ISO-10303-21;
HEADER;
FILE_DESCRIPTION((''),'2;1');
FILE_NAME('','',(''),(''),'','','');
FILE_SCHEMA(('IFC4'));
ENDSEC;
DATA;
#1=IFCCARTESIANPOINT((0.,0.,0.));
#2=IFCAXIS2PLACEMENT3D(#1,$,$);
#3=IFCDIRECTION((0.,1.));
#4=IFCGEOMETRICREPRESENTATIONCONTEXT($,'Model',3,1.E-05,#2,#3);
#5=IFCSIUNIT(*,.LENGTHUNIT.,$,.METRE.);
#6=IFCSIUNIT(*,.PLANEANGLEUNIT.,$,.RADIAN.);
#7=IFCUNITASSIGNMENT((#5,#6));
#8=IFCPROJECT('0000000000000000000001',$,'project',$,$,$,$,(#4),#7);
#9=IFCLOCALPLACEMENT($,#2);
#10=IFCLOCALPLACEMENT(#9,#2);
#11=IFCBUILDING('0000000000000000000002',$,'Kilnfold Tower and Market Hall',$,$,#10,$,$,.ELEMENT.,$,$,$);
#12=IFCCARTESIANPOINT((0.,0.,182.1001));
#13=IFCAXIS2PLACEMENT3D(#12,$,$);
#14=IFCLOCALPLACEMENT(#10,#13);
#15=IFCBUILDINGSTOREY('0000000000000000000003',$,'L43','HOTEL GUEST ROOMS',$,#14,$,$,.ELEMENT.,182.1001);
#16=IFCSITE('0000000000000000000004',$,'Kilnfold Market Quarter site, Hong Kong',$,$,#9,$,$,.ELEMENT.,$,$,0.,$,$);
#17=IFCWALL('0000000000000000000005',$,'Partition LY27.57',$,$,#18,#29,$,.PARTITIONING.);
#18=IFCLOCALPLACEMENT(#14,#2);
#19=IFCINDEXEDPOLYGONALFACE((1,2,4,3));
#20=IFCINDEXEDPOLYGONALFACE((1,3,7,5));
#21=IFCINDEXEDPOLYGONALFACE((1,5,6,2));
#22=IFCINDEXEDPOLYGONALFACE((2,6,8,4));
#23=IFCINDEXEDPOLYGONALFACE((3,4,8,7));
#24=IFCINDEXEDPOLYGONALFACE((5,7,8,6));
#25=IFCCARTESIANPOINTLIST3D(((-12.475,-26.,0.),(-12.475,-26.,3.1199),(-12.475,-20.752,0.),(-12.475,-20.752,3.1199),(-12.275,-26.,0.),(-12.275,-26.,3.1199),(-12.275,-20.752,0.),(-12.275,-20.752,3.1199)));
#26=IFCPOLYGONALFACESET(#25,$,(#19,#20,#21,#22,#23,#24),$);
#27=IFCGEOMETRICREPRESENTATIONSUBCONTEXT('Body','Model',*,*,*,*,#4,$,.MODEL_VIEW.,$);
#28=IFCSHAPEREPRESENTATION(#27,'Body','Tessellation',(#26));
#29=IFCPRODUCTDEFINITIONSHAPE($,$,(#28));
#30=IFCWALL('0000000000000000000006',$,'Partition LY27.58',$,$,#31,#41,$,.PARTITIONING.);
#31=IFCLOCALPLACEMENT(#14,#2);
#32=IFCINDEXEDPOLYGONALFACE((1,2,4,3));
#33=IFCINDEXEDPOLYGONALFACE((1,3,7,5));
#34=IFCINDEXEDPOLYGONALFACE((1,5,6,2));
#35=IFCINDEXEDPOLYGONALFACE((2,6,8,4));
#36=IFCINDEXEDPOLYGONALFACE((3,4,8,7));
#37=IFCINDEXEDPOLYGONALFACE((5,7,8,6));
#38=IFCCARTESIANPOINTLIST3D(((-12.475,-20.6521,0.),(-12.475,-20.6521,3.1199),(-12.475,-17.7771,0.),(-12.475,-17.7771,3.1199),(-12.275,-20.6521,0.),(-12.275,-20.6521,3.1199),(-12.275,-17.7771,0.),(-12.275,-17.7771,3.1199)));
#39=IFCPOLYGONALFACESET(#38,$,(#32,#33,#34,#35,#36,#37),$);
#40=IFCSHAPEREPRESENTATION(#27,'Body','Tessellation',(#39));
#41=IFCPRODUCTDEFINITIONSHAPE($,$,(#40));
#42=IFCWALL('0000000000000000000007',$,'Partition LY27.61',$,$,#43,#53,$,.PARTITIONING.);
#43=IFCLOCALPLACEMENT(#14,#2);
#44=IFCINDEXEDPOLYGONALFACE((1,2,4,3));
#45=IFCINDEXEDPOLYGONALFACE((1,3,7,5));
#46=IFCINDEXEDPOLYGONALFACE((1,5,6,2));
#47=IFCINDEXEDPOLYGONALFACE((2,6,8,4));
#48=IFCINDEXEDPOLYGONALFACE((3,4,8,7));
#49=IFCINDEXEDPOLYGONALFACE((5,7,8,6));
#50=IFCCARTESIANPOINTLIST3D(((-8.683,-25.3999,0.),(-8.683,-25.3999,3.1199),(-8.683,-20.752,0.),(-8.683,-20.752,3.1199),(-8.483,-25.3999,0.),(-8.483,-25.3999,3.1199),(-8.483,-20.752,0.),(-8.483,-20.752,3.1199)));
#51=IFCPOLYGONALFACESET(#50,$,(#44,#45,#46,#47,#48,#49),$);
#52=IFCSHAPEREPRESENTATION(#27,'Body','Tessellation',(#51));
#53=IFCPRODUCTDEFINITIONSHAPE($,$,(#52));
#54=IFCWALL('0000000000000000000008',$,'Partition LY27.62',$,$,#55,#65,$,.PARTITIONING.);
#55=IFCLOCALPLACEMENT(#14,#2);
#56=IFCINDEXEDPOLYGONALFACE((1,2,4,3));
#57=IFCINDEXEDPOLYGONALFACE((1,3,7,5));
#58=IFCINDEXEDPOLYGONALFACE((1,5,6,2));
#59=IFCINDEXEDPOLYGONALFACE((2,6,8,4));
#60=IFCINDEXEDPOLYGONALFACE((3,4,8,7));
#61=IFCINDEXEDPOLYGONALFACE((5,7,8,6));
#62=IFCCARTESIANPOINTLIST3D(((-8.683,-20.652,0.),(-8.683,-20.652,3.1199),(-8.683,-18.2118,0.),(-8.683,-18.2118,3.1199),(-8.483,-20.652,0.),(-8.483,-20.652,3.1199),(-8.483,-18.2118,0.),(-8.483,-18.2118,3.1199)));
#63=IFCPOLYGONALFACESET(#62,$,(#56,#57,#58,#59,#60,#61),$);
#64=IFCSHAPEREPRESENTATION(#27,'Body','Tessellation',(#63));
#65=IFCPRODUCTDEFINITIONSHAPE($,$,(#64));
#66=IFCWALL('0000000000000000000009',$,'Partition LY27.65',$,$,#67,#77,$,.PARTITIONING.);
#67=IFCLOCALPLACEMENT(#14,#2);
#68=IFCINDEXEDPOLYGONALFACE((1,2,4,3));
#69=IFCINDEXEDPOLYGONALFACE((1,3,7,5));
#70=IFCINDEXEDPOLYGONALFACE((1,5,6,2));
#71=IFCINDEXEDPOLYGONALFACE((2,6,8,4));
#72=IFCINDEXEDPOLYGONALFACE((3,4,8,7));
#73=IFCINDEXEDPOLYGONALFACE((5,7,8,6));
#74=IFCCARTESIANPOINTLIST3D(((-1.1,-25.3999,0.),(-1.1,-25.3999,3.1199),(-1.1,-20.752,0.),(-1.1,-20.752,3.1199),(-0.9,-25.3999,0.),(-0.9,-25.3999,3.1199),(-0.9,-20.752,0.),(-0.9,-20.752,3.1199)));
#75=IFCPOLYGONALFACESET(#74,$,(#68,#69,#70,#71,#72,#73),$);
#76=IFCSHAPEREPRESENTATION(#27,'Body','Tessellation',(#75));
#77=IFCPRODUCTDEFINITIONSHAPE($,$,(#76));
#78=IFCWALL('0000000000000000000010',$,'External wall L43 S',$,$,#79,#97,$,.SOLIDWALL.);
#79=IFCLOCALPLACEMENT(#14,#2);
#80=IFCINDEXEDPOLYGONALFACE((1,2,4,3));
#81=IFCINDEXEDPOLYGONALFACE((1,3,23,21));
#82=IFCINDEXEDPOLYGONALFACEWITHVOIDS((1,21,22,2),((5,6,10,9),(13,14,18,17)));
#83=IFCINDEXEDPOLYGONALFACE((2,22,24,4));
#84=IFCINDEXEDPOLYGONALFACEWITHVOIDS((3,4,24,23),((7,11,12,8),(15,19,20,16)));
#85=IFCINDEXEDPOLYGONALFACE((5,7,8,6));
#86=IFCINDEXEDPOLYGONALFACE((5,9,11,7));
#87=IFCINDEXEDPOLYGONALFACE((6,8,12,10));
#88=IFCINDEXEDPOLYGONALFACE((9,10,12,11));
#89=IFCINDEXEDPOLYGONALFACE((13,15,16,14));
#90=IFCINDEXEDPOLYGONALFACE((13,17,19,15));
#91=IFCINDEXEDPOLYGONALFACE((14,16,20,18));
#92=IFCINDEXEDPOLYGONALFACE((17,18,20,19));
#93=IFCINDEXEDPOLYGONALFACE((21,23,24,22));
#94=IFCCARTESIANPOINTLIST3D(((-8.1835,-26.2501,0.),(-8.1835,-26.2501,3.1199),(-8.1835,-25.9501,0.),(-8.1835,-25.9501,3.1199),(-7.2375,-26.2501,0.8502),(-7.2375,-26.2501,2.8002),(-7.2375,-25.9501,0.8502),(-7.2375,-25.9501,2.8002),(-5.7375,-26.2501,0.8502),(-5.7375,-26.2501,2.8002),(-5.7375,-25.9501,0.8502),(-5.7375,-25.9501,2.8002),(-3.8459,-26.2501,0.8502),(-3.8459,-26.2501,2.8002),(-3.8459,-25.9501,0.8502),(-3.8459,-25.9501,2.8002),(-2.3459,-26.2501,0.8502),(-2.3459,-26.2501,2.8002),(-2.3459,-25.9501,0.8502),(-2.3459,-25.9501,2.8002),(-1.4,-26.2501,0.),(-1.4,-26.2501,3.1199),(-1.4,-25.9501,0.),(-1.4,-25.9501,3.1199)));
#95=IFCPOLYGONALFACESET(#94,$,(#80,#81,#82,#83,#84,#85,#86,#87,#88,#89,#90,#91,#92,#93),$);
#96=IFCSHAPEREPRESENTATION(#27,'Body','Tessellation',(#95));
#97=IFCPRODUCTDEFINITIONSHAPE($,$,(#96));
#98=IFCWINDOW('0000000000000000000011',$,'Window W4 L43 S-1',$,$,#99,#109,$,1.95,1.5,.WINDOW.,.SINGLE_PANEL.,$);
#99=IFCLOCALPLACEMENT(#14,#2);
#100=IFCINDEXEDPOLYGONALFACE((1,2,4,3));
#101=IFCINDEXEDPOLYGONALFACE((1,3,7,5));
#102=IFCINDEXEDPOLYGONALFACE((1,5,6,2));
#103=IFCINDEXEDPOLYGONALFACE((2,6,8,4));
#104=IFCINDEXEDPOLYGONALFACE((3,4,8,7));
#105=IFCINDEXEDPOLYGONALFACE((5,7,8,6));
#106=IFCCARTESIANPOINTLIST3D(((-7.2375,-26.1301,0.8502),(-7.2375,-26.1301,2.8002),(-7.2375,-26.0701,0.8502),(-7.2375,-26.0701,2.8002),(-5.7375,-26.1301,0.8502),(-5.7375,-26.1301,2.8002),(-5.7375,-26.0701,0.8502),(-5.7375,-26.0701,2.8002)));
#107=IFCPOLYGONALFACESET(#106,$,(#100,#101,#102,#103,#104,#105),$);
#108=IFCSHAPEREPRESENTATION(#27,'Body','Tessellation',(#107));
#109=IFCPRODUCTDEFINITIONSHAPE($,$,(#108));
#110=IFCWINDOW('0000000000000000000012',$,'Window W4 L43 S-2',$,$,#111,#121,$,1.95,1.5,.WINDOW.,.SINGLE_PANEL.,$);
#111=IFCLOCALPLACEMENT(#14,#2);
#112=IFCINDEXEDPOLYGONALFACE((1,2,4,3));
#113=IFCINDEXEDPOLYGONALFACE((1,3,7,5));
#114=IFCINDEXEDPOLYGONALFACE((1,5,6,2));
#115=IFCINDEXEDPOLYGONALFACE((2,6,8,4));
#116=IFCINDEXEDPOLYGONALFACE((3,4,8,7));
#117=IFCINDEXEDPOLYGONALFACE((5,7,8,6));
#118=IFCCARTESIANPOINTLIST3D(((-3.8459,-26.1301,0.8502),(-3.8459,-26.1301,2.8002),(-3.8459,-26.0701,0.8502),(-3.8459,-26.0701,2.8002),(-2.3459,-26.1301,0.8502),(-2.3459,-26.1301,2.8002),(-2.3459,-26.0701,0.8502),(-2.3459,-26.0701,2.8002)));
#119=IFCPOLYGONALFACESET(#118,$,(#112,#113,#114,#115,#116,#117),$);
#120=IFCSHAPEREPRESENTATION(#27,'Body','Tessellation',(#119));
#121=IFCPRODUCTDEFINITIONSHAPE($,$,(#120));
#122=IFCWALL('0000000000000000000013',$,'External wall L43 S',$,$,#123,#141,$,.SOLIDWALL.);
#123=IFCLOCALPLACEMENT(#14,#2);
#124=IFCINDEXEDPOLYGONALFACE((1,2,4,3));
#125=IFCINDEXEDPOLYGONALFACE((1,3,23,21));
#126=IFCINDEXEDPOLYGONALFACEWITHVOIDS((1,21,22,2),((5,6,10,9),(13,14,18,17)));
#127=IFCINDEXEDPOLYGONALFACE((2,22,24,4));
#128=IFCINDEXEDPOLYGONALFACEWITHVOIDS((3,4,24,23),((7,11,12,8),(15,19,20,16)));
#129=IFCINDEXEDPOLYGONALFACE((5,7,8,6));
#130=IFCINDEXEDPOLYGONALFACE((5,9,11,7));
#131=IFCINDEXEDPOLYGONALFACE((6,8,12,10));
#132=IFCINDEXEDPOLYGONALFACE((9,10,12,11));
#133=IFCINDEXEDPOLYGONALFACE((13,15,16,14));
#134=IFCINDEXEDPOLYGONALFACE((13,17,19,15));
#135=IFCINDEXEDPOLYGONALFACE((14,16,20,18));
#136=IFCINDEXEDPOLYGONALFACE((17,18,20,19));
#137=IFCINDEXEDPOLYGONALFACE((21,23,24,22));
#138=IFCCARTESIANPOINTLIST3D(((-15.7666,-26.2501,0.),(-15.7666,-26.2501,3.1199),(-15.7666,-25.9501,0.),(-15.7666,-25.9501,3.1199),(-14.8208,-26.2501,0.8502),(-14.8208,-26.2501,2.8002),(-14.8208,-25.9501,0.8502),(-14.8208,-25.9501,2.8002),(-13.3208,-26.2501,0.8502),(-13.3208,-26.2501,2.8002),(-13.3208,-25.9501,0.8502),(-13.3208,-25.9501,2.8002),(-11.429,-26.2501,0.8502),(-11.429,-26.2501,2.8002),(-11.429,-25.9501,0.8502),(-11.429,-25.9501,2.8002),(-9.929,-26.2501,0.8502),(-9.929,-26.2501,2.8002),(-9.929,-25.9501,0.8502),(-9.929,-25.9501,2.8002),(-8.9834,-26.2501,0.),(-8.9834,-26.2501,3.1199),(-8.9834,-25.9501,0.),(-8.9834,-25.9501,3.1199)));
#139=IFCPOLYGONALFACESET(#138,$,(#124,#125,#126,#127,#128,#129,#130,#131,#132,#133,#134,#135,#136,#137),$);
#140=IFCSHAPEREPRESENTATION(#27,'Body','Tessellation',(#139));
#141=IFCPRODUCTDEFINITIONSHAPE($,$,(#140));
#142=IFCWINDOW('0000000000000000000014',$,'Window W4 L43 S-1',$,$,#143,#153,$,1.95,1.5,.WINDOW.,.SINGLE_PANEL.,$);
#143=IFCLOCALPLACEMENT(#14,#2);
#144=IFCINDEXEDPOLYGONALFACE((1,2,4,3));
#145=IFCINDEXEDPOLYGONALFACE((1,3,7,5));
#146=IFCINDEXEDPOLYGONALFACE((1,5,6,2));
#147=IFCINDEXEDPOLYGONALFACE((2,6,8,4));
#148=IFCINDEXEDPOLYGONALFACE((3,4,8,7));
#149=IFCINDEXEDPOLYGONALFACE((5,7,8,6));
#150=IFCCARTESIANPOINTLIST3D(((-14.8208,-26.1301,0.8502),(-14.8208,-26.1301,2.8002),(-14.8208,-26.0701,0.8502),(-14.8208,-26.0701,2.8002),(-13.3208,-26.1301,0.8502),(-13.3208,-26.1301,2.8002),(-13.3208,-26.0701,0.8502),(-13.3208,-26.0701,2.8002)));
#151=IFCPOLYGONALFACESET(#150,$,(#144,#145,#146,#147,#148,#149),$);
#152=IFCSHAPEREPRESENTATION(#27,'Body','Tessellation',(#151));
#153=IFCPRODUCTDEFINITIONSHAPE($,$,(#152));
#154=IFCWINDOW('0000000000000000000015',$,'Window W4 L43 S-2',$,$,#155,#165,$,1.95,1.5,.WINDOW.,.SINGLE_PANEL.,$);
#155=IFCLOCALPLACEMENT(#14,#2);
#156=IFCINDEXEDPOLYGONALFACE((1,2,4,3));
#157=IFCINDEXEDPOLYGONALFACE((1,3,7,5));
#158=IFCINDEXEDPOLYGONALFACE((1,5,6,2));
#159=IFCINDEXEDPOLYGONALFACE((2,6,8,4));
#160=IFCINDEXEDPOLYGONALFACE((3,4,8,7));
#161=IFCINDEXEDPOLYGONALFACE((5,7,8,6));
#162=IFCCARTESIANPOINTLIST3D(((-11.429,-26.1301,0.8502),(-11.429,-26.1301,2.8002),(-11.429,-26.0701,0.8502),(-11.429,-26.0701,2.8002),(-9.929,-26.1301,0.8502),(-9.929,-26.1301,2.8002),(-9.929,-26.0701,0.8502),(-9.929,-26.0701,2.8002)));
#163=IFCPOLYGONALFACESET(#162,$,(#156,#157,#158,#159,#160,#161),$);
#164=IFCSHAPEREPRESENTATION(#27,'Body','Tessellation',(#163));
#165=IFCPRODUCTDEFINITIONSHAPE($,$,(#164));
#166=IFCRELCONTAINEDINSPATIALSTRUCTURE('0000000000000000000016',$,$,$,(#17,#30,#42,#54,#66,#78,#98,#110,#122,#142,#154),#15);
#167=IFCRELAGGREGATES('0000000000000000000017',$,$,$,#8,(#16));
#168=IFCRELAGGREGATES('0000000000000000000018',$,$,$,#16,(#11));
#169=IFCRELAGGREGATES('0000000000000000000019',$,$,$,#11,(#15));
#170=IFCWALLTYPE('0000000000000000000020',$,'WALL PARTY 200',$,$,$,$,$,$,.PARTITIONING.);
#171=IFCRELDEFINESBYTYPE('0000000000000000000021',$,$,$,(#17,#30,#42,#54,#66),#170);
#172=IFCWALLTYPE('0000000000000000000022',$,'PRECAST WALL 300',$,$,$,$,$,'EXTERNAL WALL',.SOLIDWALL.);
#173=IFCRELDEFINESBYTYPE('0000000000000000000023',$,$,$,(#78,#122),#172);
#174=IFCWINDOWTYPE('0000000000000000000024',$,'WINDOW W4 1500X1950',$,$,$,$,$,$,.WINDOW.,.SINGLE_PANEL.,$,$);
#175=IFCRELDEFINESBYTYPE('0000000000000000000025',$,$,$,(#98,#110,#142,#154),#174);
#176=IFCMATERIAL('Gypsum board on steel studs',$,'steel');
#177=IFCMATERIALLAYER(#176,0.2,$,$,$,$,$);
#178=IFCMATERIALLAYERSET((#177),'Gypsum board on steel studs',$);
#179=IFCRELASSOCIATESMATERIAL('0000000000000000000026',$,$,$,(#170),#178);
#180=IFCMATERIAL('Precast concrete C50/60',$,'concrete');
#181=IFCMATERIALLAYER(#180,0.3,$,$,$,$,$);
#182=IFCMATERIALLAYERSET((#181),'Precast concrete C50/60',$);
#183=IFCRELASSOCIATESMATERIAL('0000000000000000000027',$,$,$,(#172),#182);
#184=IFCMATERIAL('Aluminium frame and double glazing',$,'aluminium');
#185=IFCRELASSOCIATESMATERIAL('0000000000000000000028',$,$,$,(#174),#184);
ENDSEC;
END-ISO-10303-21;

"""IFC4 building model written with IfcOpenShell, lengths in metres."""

from ifc_helpers import new_model, si_unit, direction, frame, frame_2d, origin, place, context, subcontext, project, spatial, rectangle, extrude, source, transform, mapped, material, layer, layer_set, type_object, element, fill, save


model = new_model("IFC4")

# Units and contexts
model_context = context("Model", 3, precision=1e-05, world=origin(), true_north=direction((0.0, 1.0)))
body_context = subcontext(model_context, "Body", "Model", "MODEL_VIEW")
ifc_project = project(units=[si_unit("LENGTHUNIT", "METRE"), si_unit("PLANEANGLEUNIT", "RADIAN")], contexts=[model_context])

# Site, building, storey
site_placement = place(None, origin())
site = spatial("IfcSite", under=ifc_project, at=site_placement, Name="Kilnfold Market Quarter site, Hong Kong", CompositionType="ELEMENT", RefElevation=0.0)
building_placement = place(site_placement, origin())
building = spatial("IfcBuilding", under=site, at=building_placement, Name="Kilnfold Tower and Market Hall", CompositionType="ELEMENT")
storey_placement = place(building_placement, frame((0.0, 0.0, 182.1001)))
storey = spatial("IfcBuildingStorey", under=building, at=storey_placement, Name="L43", Description="HOTEL GUEST ROOMS", CompositionType="ELEMENT", Elevation=182.1001)

# Walls
ifc_material_1 = material(Name="Gypsum board on steel studs", Category="steel")
ifc_layer_1 = layer(ifc_material_1, 0.2)
ifc_layer_set_1 = layer_set([ifc_layer_1], Name="Gypsum board on steel studs")
wall_type_1 = type_object("IfcWallType", Name="WALL PARTY 200", PredefinedType="PARTITIONING", material=ifc_layer_set_1)
wall_1_placement = place(storey_placement, frame((-12.375, -26.0, 0.0), z_axis=(0.0, 0.0, 1.0), x_axis=(0.0, 1.0, 0.0)))
element("IfcWall", 1, at=wall_1_placement, inside=storey, type_object=wall_type_1, Name="Partition LY27.57", PredefinedType="PARTITIONING", context=body_context, shape_type="SweptSolid", body=[
    extrude(rectangle(XDim=5.248, YDim=0.2, at=frame_2d((2.624, 0.0))), origin(), (0.0, 0.0, 1.0), 3.1199),
])
wall_2_placement = place(storey_placement, frame((-12.375, -20.6521, 0.0), z_axis=(0.0, 0.0, 1.0), x_axis=(0.0, 1.0, 0.0)))
element("IfcWall", 2, at=wall_2_placement, inside=storey, type_object=wall_type_1, Name="Partition LY27.58", PredefinedType="PARTITIONING", context=body_context, shape_type="SweptSolid", body=[
    extrude(rectangle(XDim=2.875, YDim=0.2, at=frame_2d((1.4375, 0.0))), origin(), (0.0, 0.0, 1.0), 3.1199),
])
wall_3_placement = place(storey_placement, frame((-8.583, -25.3999, 0.0), z_axis=(0.0, 0.0, 1.0), x_axis=(0.0, 1.0, 0.0)))
element("IfcWall", 3, at=wall_3_placement, inside=storey, type_object=wall_type_1, Name="Partition LY27.61", PredefinedType="PARTITIONING", context=body_context, shape_type="SweptSolid", body=[
    extrude(rectangle(XDim=4.6479, YDim=0.2, at=frame_2d((2.324, 0.0))), origin(), (0.0, 0.0, 1.0), 3.1199),
])
wall_4_placement = place(storey_placement, frame((-8.583, -20.6521, 0.0), z_axis=(0.0, 0.0, 1.0), x_axis=(0.0, 1.0, 0.0)))
element("IfcWall", 4, at=wall_4_placement, inside=storey, type_object=wall_type_1, Name="Partition LY27.62", PredefinedType="PARTITIONING", context=body_context, shape_type="SweptSolid", body=[
    extrude(rectangle(XDim=2.4402, YDim=0.2, at=frame_2d((1.2202, 0.0))), origin(), (0.0, 0.0, 1.0), 3.1199),
])
wall_5_placement = place(storey_placement, frame((-1.0, -25.3999, 0.0), z_axis=(0.0, 0.0, 1.0), x_axis=(0.0, 1.0, 0.0)))
element("IfcWall", 5, at=wall_5_placement, inside=storey, type_object=wall_type_1, Name="Partition LY27.65", PredefinedType="PARTITIONING", context=body_context, shape_type="SweptSolid", body=[
    extrude(rectangle(XDim=4.6479, YDim=0.2, at=frame_2d((2.324, 0.0))), origin(), (0.0, 0.0, 1.0), 3.1199),
])

# Walls, openings, windows
ifc_material_2 = material(Name="Precast concrete C50/60", Category="concrete")
ifc_layer_2 = layer(ifc_material_2, 0.3)
ifc_layer_set_2 = layer_set([ifc_layer_2], Name="Precast concrete C50/60")
wall_type_2 = type_object("IfcWallType", Name="PRECAST WALL 300", ElementType="EXTERNAL WALL", PredefinedType="SOLIDWALL", material=ifc_layer_set_2)
shared_shape_1 = source(origin(), body_context, "Body", "SweptSolid", [
    extrude(rectangle(XDim=6.7834, YDim=0.3, at=frame_2d((3.3916, 0.0))), origin(), (0.0, 0.0, 1.0), 3.1199),
])
wall_6_placement = place(storey_placement, frame((-8.1833, -26.1001, 0.0), z_axis=(0.0, 0.0, 1.0), x_axis=(1.0, 0.0, 0.0)))
wall_6 = element("IfcWall", 6, at=wall_6_placement, inside=storey, type_object=wall_type_2, Name="External wall L43 S", PredefinedType="SOLIDWALL", context=body_context, shape_type="MappedRepresentation", body=[
    mapped(shared_shape_1, transform((0.0, 0.0, 0.0))),
])
opening_1_placement = place(wall_6_placement, frame((0.9458, 0.0, 0.8501)))
opening_1 = element("IfcOpeningElement", 7, at=opening_1_placement, cuts=wall_6, PredefinedType="OPENING", context=body_context, shape_type="SweptSolid", body=[
    extrude(rectangle(XDim=1.5, YDim=1.95, at=frame_2d((0.75, 0.9751))), frame((0.0, 0.1602, 0.0), z_axis=(0.0, -1.0, 0.0), x_axis=(1.0, 0.0, 0.0)), (0.0, 0.0, 1.0), 0.3201),
])
opening_2_placement = place(wall_6_placement, frame((4.3374, 0.0, 0.8501)))
opening_2 = element("IfcOpeningElement", 8, at=opening_2_placement, cuts=wall_6, PredefinedType="OPENING", context=body_context, shape_type="SweptSolid", body=[
    extrude(rectangle(XDim=1.5, YDim=1.95, at=frame_2d((0.75, 0.9751))), frame((0.0, 0.1602, 0.0), z_axis=(0.0, -1.0, 0.0), x_axis=(1.0, 0.0, 0.0)), (0.0, 0.0, 1.0), 0.3201),
])
ifc_material_3 = material(Name="Aluminium frame and double glazing", Category="aluminium")
window_type = type_object("IfcWindowType", Name="WINDOW W4 1500X1950", PartitioningType="SINGLE_PANEL", PredefinedType="WINDOW", material=ifc_material_3)
window_1_placement = place(opening_1_placement, origin())
window_1 = element("IfcWindow", 9, at=window_1_placement, inside=storey, type_object=window_type, Name="Window W4 L43 S-1", OverallHeight=1.95, OverallWidth=1.5, PartitioningType="SINGLE_PANEL", PredefinedType="WINDOW", context=body_context, shape_type="SweptSolid", body=[
    extrude(rectangle(XDim=1.5, YDim=1.95, at=frame_2d((0.75, 0.9751))), frame((0.0, 0.03, 0.0), z_axis=(0.0, -1.0, 0.0), x_axis=(1.0, 0.0, 0.0)), (0.0, 0.0, 1.0), 0.0601),
])
fill(opening_1, window_1)
window_2_placement = place(opening_2_placement, origin())
window_2 = element("IfcWindow", 10, at=window_2_placement, inside=storey, type_object=window_type, Name="Window W4 L43 S-2", OverallHeight=1.95, OverallWidth=1.5, PartitioningType="SINGLE_PANEL", PredefinedType="WINDOW", context=body_context, shape_type="SweptSolid", body=[
    extrude(rectangle(XDim=1.5, YDim=1.95, at=frame_2d((0.75, 0.9751))), frame((0.0, 0.03, 0.0), z_axis=(0.0, -1.0, 0.0), x_axis=(1.0, 0.0, 0.0)), (0.0, 0.0, 1.0), 0.0601),
])
fill(opening_2, window_2)
shared_shape_2 = source(origin(), body_context, "Body", "SweptSolid", [
    extrude(rectangle(XDim=6.7832, YDim=0.3, at=frame_2d((3.3916, 0.0))), origin(), (0.0, 0.0, 1.0), 3.1199),
])
wall_7_placement = place(storey_placement, frame((-15.7666, -26.1001, 0.0), z_axis=(0.0, 0.0, 1.0), x_axis=(1.0, 0.0, 0.0)))
wall_7 = element("IfcWall", 11, at=wall_7_placement, inside=storey, type_object=wall_type_2, Name="External wall L43 S", PredefinedType="SOLIDWALL", context=body_context, shape_type="MappedRepresentation", body=[
    mapped(shared_shape_2, transform((0.0, 0.0, 0.0))),
])
opening_3_placement = place(wall_7_placement, frame((0.9458, 0.0, 0.8501)))
opening_3 = element("IfcOpeningElement", 12, at=opening_3_placement, cuts=wall_7, PredefinedType="OPENING", context=body_context, shape_type="SweptSolid", body=[
    extrude(rectangle(XDim=1.5, YDim=1.95, at=frame_2d((0.75, 0.9751))), frame((0.0, 0.1602, 0.0), z_axis=(0.0, -1.0, 0.0), x_axis=(1.0, 0.0, 0.0)), (0.0, 0.0, 1.0), 0.3201),
])
opening_4_placement = place(wall_7_placement, frame((4.3376, 0.0, 0.8501)))
opening_4 = element("IfcOpeningElement", 13, at=opening_4_placement, cuts=wall_7, PredefinedType="OPENING", context=body_context, shape_type="SweptSolid", body=[
    extrude(rectangle(XDim=1.5, YDim=1.95, at=frame_2d((0.75, 0.9751))), frame((0.0, 0.1602, 0.0), z_axis=(0.0, -1.0, 0.0), x_axis=(1.0, 0.0, 0.0)), (0.0, 0.0, 1.0), 0.3201),
])
window_3_placement = place(opening_3_placement, origin())
window_3 = element("IfcWindow", 14, at=window_3_placement, inside=storey, type_object=window_type, Name="Window W4 L43 S-1", OverallHeight=1.95, OverallWidth=1.5, PartitioningType="SINGLE_PANEL", PredefinedType="WINDOW", context=body_context, shape_type="SweptSolid", body=[
    extrude(rectangle(XDim=1.5, YDim=1.95, at=frame_2d((0.75, 0.9751))), frame((0.0, 0.03, 0.0), z_axis=(0.0, -1.0, 0.0), x_axis=(1.0, 0.0, 0.0)), (0.0, 0.0, 1.0), 0.0601),
])
fill(opening_3, window_3)
window_4_placement = place(opening_4_placement, origin())
window_4 = element("IfcWindow", 15, at=window_4_placement, inside=storey, type_object=window_type, Name="Window W4 L43 S-2", OverallHeight=1.95, OverallWidth=1.5, PartitioningType="SINGLE_PANEL", PredefinedType="WINDOW", context=body_context, shape_type="SweptSolid", body=[
    extrude(rectangle(XDim=1.5, YDim=1.95, at=frame_2d((0.75, 0.9751))), frame((0.0, 0.03, 0.0), z_axis=(0.0, -1.0, 0.0), x_axis=(1.0, 0.0, 0.0)), (0.0, 0.0, 1.0), 0.0601),
])
fill(opening_4, window_4)

save(model, "model.ifc")
